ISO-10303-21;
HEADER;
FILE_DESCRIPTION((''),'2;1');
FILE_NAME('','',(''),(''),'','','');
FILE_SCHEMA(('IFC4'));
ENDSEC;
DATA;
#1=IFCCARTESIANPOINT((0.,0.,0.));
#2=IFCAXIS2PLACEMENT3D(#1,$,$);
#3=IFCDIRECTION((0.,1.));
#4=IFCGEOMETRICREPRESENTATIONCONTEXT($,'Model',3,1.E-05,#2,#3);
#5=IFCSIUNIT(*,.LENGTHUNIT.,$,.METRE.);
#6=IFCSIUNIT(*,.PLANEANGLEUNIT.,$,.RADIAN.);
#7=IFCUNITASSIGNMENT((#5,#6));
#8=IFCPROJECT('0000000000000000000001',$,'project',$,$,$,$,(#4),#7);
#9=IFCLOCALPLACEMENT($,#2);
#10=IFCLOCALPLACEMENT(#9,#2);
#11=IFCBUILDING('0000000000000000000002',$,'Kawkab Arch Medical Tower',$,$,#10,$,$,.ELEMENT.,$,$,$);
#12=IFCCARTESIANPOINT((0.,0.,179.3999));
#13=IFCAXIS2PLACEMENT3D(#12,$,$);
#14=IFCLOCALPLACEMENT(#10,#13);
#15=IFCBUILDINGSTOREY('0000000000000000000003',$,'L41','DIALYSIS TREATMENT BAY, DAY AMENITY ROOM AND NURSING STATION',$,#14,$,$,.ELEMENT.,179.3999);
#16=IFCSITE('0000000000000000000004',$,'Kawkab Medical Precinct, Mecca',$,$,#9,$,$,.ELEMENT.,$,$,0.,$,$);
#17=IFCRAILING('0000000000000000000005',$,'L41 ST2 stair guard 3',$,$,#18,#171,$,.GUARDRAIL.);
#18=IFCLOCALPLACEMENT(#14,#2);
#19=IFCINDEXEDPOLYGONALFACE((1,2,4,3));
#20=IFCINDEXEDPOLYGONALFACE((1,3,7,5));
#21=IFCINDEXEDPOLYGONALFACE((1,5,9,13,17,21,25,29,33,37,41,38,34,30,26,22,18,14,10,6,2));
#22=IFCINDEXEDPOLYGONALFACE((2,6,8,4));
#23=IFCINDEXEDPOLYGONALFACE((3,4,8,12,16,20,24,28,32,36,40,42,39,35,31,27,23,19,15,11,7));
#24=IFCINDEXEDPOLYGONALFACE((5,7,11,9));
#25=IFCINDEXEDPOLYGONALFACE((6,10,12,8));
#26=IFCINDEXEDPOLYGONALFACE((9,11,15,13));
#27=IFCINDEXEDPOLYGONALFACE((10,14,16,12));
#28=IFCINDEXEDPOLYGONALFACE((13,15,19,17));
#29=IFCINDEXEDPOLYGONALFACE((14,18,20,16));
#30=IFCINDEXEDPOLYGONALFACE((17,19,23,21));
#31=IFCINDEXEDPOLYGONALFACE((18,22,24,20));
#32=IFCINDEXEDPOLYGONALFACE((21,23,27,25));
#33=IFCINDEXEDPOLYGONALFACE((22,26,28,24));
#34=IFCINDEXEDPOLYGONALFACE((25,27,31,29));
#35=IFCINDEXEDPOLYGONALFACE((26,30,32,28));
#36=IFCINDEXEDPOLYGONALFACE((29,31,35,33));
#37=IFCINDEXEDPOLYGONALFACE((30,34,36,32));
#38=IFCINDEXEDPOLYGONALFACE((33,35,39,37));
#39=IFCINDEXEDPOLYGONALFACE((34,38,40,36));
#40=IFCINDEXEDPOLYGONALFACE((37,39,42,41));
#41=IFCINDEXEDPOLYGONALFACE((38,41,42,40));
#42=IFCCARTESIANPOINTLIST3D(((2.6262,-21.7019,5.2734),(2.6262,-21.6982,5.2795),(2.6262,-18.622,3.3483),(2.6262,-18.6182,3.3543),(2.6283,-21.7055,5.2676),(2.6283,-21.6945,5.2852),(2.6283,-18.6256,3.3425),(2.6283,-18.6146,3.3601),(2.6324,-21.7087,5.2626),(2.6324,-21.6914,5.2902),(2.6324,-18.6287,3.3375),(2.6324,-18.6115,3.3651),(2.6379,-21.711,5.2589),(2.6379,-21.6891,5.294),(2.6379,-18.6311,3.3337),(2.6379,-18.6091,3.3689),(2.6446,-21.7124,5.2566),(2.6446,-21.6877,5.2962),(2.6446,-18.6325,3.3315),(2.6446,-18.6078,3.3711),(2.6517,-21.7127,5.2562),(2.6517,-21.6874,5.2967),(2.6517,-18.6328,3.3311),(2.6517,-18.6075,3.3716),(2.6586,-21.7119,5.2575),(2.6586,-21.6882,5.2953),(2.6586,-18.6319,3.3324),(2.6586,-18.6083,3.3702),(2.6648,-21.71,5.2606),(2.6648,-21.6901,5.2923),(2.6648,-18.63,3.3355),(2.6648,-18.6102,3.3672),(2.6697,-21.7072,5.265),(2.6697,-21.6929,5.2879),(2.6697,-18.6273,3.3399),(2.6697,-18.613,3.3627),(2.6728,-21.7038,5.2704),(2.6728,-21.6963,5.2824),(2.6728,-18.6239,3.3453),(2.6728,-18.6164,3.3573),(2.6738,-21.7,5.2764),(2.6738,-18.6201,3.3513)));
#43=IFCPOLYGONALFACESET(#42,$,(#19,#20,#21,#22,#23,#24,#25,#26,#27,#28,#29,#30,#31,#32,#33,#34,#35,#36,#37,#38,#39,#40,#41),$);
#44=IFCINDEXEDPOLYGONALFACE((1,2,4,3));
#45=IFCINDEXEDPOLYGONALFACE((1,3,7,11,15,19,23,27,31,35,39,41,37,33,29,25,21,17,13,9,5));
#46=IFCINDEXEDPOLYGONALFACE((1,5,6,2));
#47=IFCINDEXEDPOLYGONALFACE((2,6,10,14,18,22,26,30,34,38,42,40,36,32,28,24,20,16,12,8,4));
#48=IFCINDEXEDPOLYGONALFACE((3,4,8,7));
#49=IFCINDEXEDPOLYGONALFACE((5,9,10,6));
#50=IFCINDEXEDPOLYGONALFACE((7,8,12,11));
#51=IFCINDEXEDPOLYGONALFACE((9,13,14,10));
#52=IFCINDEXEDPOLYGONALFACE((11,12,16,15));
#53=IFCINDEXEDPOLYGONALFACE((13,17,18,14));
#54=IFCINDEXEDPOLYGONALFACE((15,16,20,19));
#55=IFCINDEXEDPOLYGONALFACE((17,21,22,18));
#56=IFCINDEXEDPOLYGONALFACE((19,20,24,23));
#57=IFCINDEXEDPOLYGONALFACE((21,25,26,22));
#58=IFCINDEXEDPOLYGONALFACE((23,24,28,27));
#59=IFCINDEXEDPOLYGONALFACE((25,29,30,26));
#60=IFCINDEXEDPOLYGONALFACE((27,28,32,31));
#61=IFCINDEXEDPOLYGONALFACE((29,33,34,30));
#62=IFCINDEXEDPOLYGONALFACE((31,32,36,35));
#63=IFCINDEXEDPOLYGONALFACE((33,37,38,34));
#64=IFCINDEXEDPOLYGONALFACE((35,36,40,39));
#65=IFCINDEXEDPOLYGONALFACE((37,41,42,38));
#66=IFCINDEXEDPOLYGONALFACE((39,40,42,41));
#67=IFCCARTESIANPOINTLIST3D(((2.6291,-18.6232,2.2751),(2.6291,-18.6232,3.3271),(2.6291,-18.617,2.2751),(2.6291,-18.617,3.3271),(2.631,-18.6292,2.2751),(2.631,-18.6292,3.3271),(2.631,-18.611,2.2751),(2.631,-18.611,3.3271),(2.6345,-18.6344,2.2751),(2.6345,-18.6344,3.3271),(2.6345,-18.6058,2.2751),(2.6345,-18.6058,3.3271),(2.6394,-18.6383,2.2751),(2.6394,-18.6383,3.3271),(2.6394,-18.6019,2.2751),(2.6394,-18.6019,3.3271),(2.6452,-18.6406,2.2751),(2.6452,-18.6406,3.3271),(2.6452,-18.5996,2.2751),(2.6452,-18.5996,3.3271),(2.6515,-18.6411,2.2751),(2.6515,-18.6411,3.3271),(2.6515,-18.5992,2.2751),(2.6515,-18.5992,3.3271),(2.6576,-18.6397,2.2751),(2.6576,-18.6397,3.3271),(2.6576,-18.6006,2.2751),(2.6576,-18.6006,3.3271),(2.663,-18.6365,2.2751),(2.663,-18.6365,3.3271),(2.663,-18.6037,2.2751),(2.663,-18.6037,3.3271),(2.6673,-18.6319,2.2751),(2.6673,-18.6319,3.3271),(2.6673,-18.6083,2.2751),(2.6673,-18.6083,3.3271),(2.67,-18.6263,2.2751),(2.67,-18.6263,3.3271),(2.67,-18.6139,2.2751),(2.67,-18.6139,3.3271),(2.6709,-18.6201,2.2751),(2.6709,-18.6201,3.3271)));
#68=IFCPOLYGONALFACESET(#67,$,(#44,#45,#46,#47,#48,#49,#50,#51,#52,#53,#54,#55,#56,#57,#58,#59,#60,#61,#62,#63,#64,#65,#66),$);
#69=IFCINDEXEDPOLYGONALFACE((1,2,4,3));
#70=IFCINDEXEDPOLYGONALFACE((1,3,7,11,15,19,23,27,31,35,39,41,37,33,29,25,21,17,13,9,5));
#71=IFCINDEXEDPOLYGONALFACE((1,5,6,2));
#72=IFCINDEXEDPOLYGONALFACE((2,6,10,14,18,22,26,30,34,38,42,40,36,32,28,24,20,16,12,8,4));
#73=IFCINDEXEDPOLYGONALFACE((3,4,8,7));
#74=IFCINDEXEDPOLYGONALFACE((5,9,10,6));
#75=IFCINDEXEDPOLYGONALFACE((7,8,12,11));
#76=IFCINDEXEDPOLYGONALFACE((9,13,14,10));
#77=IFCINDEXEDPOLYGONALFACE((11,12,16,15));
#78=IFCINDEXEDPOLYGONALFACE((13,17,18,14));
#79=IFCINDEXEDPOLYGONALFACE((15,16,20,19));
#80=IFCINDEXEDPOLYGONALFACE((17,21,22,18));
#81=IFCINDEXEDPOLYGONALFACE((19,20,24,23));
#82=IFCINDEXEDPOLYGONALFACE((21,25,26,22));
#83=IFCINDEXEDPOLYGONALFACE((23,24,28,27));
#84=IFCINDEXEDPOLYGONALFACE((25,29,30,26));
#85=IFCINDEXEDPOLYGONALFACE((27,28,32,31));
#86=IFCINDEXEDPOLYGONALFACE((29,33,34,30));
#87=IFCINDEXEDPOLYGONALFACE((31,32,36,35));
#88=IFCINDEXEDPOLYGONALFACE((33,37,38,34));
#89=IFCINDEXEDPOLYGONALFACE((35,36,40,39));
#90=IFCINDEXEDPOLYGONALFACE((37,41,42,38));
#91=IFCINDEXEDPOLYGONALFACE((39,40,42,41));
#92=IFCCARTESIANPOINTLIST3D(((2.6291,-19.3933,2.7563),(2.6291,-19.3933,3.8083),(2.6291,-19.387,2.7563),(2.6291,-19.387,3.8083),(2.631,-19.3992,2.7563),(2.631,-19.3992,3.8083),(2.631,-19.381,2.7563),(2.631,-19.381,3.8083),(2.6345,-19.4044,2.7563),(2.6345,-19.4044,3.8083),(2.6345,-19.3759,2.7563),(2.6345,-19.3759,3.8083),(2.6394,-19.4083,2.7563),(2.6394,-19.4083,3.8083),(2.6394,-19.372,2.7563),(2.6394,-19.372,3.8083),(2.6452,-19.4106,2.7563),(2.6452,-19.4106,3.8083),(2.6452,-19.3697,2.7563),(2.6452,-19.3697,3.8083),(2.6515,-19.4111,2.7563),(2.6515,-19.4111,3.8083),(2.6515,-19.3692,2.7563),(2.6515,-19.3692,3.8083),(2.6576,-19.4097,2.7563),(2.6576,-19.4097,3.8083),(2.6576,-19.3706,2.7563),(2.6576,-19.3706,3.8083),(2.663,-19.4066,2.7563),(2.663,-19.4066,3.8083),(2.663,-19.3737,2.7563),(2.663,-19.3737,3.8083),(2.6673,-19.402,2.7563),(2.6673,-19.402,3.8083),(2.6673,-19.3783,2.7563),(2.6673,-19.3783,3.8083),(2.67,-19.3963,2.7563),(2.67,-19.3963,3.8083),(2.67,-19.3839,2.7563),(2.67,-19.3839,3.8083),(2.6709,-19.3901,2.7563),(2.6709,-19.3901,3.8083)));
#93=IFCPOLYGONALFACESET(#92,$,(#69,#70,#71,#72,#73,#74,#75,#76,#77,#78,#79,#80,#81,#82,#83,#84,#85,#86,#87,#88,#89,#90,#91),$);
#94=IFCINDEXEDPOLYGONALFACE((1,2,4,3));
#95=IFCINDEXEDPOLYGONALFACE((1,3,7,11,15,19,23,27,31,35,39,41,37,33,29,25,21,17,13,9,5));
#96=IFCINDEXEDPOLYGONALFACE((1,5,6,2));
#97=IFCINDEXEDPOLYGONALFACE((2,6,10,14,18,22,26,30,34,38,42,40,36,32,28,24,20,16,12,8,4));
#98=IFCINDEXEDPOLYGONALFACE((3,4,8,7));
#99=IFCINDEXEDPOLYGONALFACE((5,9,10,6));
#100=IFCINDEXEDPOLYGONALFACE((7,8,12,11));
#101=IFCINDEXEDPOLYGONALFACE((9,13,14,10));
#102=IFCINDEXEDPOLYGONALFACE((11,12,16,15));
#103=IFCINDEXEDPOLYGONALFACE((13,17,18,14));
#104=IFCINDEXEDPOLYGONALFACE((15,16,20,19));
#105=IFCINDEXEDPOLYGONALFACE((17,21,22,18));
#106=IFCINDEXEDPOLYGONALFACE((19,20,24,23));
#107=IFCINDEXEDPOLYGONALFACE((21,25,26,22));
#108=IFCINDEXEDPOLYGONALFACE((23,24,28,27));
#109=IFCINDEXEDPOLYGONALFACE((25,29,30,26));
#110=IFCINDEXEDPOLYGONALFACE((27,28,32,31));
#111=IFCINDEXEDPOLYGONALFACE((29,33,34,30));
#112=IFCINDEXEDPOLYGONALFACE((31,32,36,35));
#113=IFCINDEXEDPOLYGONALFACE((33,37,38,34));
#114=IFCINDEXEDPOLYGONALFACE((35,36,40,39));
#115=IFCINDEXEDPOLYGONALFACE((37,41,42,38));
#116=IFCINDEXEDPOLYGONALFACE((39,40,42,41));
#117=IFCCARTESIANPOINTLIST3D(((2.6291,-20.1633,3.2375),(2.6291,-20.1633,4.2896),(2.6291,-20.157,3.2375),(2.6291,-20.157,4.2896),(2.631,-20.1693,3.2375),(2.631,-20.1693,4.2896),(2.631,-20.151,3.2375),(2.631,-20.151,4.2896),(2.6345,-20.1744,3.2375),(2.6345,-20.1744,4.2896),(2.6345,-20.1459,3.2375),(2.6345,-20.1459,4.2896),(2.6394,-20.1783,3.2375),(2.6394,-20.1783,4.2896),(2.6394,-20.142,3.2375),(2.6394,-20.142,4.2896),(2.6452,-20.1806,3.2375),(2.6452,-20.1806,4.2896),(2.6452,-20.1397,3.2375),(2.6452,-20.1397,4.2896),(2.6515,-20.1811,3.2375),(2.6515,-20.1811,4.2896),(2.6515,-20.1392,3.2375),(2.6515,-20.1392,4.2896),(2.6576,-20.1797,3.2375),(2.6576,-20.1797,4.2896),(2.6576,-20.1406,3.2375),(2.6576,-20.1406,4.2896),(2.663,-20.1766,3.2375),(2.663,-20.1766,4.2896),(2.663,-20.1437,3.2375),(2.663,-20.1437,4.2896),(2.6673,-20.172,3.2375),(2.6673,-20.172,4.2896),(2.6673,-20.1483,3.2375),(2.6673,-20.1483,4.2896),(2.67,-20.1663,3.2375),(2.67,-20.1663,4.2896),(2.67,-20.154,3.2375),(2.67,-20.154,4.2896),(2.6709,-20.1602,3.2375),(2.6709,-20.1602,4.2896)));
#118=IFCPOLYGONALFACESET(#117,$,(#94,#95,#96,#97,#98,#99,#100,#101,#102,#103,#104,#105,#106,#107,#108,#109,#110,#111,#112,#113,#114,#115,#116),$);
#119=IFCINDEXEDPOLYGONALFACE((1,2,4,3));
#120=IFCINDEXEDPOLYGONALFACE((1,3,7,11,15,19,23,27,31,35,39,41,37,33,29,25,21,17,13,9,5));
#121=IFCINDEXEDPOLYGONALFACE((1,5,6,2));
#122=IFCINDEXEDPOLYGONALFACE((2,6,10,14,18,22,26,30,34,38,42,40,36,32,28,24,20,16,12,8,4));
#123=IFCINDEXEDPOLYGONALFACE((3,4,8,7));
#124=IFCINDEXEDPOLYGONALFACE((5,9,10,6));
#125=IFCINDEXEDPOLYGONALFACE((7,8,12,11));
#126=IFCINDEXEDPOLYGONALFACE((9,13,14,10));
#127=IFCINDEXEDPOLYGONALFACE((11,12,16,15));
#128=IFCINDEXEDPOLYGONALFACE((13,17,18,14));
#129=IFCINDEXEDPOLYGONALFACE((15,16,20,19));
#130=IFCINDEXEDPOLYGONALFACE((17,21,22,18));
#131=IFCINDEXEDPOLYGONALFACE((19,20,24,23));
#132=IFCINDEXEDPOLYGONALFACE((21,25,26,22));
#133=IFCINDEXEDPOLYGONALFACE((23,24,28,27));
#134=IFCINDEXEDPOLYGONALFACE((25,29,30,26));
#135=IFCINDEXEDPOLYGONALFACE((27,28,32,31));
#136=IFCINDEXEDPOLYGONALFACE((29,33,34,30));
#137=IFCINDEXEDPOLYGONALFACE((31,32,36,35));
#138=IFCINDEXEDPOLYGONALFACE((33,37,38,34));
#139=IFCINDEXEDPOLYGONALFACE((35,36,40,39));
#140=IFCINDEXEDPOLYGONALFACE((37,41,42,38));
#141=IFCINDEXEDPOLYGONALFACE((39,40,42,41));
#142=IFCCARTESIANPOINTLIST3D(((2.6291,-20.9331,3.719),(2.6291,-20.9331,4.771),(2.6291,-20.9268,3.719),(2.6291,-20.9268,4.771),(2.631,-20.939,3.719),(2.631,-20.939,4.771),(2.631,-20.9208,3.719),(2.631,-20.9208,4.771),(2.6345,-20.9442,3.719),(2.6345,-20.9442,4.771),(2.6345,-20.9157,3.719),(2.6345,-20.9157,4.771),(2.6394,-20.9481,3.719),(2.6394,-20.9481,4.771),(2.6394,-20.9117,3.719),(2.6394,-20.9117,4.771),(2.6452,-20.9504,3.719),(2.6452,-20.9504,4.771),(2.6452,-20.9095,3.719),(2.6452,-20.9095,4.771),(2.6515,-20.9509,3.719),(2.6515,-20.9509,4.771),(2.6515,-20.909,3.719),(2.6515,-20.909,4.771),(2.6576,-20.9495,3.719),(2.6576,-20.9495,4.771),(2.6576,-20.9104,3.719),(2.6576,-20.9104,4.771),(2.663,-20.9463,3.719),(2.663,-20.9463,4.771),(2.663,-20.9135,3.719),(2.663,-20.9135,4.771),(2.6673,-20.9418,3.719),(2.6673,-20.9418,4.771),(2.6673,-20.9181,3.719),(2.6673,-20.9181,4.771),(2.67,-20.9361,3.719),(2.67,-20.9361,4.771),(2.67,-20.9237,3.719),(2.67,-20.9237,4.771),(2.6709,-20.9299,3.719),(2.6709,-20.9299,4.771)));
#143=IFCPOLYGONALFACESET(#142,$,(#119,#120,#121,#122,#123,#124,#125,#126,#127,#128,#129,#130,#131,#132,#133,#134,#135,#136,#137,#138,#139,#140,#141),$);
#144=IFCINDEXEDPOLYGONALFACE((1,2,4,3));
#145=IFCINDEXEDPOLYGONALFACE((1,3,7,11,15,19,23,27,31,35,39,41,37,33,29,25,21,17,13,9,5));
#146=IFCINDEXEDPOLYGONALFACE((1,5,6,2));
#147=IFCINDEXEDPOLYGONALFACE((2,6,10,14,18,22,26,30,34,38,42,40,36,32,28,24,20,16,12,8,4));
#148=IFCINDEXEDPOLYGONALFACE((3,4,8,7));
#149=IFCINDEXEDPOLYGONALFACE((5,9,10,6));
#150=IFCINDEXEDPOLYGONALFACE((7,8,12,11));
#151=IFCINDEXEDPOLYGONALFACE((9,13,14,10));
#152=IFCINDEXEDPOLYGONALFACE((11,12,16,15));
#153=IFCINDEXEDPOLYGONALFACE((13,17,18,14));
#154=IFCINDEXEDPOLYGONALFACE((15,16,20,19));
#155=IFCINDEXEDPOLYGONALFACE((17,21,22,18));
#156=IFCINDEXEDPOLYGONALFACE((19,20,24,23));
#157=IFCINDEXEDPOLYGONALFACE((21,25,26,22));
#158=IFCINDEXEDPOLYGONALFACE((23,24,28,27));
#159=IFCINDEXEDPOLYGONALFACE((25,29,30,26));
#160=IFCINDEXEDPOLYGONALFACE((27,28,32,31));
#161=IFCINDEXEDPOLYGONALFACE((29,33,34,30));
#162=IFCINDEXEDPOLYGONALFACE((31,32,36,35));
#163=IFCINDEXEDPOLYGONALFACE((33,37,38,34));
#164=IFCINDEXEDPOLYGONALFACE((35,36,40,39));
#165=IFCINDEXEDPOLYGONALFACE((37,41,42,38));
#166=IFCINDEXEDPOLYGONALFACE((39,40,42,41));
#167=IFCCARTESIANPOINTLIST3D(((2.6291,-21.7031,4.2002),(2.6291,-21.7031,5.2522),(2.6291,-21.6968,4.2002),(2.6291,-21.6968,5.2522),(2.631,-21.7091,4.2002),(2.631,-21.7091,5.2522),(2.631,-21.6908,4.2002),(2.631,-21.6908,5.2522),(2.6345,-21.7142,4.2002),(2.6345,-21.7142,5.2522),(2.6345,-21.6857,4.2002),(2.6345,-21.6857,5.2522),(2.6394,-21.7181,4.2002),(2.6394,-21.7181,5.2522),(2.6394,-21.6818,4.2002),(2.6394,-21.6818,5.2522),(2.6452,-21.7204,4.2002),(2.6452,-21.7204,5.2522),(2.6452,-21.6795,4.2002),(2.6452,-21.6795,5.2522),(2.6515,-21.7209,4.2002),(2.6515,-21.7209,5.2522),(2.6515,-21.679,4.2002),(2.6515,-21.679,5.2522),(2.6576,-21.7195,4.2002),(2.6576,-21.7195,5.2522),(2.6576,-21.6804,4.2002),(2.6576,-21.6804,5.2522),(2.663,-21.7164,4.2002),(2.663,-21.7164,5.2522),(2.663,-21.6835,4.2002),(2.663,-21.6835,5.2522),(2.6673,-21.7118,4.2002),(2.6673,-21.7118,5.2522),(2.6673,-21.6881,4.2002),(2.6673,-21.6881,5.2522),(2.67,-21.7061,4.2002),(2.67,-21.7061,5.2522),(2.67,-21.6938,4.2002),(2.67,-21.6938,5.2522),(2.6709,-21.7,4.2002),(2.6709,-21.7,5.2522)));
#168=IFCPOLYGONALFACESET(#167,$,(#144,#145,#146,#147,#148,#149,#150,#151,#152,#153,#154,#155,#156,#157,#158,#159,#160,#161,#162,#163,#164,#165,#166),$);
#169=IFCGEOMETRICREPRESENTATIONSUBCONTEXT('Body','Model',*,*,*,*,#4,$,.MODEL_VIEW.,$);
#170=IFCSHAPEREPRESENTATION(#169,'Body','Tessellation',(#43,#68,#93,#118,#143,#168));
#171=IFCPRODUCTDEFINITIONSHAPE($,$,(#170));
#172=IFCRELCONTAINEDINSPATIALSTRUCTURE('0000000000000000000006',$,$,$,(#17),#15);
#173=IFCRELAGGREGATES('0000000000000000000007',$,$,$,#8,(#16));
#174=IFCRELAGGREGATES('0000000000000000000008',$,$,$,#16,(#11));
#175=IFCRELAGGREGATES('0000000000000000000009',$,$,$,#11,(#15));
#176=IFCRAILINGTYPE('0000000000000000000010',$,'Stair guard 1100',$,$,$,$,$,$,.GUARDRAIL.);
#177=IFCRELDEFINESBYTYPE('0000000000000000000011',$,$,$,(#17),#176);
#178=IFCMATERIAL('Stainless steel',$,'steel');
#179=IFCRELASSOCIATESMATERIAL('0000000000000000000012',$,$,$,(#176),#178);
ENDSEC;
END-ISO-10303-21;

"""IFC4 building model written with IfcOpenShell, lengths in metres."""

from ifc_helpers import new_model, si_unit, direction, frame, origin, origin_2d, place, context, subcontext, project, spatial, circle, extrude, material, type_object, element, save


model = new_model("IFC4")

# Units and contexts
model_context = context("Model", 3, precision=1e-05, world=origin(), true_north=direction((0.0, 1.0)))
body_context = subcontext(model_context, "Body", "Model", "MODEL_VIEW")
ifc_project = project(units=[si_unit("LENGTHUNIT", "METRE"), si_unit("PLANEANGLEUNIT", "RADIAN")], contexts=[model_context])

# Site, building, storey
site_placement = place(None, origin())
site = spatial("IfcSite", under=ifc_project, at=site_placement, Name="Kawkab Medical Precinct, Mecca", CompositionType="ELEMENT", RefElevation=0.0)
building_placement = place(site_placement, origin())
building = spatial("IfcBuilding", under=site, at=building_placement, Name="Kawkab Arch Medical Tower", CompositionType="ELEMENT")
storey_placement = place(building_placement, frame((0.0, 0.0, 179.3999)))
storey = spatial("IfcBuildingStorey", under=building, at=storey_placement, Name="L41", Description="DIALYSIS TREATMENT BAY, DAY AMENITY ROOM AND NURSING STATION", CompositionType="ELEMENT", Elevation=179.3999)

# Railing
ifc_material_1 = material(Name="Stainless steel", Category="steel")
railing_type_1 = type_object("IfcRailingType", Name="Stair guard 1100", PredefinedType="GUARDRAIL", material=ifc_material_1)
railing_1_placement = place(storey_placement, frame((2.6499, -18.6201, 2.2751)))
element("IfcRailing", 1, at=railing_1_placement, inside=storey, type_object=railing_type_1, Name="L41 ST2 stair guard 3", PredefinedType="GUARDRAIL", context=body_context, shape_type="SweptSolid", body=[
    extrude(circle(Radius=0.0239, at=origin_2d()), frame((0.0, 0.0, 1.0762), z_axis=(0.0, -0.847979, 0.530029), x_axis=(1.0, 0.0, 0.0)), (0.0, 0.0, 1.0), 3.6321),
    extrude(circle(Radius=0.021, at=origin_2d()), origin(), (0.0, 0.0, 1.0), 1.052),
    extrude(circle(Radius=0.021, at=origin_2d()), frame((0.0, -0.77, 0.4812)), (0.0, 0.0, 1.0), 1.052),
    extrude(circle(Radius=0.021, at=origin_2d()), frame((0.0, -1.54, 0.9624)), (0.0, 0.0, 1.0), 1.052),
    extrude(circle(Radius=0.021, at=origin_2d()), frame((0.0, -2.3098, 1.4438)), (0.0, 0.0, 1.0), 1.052),
    extrude(circle(Radius=0.021, at=origin_2d()), frame((0.0, -3.0798, 1.925)), (0.0, 0.0, 1.0), 1.052),
])

save(model, "model.ifc")
